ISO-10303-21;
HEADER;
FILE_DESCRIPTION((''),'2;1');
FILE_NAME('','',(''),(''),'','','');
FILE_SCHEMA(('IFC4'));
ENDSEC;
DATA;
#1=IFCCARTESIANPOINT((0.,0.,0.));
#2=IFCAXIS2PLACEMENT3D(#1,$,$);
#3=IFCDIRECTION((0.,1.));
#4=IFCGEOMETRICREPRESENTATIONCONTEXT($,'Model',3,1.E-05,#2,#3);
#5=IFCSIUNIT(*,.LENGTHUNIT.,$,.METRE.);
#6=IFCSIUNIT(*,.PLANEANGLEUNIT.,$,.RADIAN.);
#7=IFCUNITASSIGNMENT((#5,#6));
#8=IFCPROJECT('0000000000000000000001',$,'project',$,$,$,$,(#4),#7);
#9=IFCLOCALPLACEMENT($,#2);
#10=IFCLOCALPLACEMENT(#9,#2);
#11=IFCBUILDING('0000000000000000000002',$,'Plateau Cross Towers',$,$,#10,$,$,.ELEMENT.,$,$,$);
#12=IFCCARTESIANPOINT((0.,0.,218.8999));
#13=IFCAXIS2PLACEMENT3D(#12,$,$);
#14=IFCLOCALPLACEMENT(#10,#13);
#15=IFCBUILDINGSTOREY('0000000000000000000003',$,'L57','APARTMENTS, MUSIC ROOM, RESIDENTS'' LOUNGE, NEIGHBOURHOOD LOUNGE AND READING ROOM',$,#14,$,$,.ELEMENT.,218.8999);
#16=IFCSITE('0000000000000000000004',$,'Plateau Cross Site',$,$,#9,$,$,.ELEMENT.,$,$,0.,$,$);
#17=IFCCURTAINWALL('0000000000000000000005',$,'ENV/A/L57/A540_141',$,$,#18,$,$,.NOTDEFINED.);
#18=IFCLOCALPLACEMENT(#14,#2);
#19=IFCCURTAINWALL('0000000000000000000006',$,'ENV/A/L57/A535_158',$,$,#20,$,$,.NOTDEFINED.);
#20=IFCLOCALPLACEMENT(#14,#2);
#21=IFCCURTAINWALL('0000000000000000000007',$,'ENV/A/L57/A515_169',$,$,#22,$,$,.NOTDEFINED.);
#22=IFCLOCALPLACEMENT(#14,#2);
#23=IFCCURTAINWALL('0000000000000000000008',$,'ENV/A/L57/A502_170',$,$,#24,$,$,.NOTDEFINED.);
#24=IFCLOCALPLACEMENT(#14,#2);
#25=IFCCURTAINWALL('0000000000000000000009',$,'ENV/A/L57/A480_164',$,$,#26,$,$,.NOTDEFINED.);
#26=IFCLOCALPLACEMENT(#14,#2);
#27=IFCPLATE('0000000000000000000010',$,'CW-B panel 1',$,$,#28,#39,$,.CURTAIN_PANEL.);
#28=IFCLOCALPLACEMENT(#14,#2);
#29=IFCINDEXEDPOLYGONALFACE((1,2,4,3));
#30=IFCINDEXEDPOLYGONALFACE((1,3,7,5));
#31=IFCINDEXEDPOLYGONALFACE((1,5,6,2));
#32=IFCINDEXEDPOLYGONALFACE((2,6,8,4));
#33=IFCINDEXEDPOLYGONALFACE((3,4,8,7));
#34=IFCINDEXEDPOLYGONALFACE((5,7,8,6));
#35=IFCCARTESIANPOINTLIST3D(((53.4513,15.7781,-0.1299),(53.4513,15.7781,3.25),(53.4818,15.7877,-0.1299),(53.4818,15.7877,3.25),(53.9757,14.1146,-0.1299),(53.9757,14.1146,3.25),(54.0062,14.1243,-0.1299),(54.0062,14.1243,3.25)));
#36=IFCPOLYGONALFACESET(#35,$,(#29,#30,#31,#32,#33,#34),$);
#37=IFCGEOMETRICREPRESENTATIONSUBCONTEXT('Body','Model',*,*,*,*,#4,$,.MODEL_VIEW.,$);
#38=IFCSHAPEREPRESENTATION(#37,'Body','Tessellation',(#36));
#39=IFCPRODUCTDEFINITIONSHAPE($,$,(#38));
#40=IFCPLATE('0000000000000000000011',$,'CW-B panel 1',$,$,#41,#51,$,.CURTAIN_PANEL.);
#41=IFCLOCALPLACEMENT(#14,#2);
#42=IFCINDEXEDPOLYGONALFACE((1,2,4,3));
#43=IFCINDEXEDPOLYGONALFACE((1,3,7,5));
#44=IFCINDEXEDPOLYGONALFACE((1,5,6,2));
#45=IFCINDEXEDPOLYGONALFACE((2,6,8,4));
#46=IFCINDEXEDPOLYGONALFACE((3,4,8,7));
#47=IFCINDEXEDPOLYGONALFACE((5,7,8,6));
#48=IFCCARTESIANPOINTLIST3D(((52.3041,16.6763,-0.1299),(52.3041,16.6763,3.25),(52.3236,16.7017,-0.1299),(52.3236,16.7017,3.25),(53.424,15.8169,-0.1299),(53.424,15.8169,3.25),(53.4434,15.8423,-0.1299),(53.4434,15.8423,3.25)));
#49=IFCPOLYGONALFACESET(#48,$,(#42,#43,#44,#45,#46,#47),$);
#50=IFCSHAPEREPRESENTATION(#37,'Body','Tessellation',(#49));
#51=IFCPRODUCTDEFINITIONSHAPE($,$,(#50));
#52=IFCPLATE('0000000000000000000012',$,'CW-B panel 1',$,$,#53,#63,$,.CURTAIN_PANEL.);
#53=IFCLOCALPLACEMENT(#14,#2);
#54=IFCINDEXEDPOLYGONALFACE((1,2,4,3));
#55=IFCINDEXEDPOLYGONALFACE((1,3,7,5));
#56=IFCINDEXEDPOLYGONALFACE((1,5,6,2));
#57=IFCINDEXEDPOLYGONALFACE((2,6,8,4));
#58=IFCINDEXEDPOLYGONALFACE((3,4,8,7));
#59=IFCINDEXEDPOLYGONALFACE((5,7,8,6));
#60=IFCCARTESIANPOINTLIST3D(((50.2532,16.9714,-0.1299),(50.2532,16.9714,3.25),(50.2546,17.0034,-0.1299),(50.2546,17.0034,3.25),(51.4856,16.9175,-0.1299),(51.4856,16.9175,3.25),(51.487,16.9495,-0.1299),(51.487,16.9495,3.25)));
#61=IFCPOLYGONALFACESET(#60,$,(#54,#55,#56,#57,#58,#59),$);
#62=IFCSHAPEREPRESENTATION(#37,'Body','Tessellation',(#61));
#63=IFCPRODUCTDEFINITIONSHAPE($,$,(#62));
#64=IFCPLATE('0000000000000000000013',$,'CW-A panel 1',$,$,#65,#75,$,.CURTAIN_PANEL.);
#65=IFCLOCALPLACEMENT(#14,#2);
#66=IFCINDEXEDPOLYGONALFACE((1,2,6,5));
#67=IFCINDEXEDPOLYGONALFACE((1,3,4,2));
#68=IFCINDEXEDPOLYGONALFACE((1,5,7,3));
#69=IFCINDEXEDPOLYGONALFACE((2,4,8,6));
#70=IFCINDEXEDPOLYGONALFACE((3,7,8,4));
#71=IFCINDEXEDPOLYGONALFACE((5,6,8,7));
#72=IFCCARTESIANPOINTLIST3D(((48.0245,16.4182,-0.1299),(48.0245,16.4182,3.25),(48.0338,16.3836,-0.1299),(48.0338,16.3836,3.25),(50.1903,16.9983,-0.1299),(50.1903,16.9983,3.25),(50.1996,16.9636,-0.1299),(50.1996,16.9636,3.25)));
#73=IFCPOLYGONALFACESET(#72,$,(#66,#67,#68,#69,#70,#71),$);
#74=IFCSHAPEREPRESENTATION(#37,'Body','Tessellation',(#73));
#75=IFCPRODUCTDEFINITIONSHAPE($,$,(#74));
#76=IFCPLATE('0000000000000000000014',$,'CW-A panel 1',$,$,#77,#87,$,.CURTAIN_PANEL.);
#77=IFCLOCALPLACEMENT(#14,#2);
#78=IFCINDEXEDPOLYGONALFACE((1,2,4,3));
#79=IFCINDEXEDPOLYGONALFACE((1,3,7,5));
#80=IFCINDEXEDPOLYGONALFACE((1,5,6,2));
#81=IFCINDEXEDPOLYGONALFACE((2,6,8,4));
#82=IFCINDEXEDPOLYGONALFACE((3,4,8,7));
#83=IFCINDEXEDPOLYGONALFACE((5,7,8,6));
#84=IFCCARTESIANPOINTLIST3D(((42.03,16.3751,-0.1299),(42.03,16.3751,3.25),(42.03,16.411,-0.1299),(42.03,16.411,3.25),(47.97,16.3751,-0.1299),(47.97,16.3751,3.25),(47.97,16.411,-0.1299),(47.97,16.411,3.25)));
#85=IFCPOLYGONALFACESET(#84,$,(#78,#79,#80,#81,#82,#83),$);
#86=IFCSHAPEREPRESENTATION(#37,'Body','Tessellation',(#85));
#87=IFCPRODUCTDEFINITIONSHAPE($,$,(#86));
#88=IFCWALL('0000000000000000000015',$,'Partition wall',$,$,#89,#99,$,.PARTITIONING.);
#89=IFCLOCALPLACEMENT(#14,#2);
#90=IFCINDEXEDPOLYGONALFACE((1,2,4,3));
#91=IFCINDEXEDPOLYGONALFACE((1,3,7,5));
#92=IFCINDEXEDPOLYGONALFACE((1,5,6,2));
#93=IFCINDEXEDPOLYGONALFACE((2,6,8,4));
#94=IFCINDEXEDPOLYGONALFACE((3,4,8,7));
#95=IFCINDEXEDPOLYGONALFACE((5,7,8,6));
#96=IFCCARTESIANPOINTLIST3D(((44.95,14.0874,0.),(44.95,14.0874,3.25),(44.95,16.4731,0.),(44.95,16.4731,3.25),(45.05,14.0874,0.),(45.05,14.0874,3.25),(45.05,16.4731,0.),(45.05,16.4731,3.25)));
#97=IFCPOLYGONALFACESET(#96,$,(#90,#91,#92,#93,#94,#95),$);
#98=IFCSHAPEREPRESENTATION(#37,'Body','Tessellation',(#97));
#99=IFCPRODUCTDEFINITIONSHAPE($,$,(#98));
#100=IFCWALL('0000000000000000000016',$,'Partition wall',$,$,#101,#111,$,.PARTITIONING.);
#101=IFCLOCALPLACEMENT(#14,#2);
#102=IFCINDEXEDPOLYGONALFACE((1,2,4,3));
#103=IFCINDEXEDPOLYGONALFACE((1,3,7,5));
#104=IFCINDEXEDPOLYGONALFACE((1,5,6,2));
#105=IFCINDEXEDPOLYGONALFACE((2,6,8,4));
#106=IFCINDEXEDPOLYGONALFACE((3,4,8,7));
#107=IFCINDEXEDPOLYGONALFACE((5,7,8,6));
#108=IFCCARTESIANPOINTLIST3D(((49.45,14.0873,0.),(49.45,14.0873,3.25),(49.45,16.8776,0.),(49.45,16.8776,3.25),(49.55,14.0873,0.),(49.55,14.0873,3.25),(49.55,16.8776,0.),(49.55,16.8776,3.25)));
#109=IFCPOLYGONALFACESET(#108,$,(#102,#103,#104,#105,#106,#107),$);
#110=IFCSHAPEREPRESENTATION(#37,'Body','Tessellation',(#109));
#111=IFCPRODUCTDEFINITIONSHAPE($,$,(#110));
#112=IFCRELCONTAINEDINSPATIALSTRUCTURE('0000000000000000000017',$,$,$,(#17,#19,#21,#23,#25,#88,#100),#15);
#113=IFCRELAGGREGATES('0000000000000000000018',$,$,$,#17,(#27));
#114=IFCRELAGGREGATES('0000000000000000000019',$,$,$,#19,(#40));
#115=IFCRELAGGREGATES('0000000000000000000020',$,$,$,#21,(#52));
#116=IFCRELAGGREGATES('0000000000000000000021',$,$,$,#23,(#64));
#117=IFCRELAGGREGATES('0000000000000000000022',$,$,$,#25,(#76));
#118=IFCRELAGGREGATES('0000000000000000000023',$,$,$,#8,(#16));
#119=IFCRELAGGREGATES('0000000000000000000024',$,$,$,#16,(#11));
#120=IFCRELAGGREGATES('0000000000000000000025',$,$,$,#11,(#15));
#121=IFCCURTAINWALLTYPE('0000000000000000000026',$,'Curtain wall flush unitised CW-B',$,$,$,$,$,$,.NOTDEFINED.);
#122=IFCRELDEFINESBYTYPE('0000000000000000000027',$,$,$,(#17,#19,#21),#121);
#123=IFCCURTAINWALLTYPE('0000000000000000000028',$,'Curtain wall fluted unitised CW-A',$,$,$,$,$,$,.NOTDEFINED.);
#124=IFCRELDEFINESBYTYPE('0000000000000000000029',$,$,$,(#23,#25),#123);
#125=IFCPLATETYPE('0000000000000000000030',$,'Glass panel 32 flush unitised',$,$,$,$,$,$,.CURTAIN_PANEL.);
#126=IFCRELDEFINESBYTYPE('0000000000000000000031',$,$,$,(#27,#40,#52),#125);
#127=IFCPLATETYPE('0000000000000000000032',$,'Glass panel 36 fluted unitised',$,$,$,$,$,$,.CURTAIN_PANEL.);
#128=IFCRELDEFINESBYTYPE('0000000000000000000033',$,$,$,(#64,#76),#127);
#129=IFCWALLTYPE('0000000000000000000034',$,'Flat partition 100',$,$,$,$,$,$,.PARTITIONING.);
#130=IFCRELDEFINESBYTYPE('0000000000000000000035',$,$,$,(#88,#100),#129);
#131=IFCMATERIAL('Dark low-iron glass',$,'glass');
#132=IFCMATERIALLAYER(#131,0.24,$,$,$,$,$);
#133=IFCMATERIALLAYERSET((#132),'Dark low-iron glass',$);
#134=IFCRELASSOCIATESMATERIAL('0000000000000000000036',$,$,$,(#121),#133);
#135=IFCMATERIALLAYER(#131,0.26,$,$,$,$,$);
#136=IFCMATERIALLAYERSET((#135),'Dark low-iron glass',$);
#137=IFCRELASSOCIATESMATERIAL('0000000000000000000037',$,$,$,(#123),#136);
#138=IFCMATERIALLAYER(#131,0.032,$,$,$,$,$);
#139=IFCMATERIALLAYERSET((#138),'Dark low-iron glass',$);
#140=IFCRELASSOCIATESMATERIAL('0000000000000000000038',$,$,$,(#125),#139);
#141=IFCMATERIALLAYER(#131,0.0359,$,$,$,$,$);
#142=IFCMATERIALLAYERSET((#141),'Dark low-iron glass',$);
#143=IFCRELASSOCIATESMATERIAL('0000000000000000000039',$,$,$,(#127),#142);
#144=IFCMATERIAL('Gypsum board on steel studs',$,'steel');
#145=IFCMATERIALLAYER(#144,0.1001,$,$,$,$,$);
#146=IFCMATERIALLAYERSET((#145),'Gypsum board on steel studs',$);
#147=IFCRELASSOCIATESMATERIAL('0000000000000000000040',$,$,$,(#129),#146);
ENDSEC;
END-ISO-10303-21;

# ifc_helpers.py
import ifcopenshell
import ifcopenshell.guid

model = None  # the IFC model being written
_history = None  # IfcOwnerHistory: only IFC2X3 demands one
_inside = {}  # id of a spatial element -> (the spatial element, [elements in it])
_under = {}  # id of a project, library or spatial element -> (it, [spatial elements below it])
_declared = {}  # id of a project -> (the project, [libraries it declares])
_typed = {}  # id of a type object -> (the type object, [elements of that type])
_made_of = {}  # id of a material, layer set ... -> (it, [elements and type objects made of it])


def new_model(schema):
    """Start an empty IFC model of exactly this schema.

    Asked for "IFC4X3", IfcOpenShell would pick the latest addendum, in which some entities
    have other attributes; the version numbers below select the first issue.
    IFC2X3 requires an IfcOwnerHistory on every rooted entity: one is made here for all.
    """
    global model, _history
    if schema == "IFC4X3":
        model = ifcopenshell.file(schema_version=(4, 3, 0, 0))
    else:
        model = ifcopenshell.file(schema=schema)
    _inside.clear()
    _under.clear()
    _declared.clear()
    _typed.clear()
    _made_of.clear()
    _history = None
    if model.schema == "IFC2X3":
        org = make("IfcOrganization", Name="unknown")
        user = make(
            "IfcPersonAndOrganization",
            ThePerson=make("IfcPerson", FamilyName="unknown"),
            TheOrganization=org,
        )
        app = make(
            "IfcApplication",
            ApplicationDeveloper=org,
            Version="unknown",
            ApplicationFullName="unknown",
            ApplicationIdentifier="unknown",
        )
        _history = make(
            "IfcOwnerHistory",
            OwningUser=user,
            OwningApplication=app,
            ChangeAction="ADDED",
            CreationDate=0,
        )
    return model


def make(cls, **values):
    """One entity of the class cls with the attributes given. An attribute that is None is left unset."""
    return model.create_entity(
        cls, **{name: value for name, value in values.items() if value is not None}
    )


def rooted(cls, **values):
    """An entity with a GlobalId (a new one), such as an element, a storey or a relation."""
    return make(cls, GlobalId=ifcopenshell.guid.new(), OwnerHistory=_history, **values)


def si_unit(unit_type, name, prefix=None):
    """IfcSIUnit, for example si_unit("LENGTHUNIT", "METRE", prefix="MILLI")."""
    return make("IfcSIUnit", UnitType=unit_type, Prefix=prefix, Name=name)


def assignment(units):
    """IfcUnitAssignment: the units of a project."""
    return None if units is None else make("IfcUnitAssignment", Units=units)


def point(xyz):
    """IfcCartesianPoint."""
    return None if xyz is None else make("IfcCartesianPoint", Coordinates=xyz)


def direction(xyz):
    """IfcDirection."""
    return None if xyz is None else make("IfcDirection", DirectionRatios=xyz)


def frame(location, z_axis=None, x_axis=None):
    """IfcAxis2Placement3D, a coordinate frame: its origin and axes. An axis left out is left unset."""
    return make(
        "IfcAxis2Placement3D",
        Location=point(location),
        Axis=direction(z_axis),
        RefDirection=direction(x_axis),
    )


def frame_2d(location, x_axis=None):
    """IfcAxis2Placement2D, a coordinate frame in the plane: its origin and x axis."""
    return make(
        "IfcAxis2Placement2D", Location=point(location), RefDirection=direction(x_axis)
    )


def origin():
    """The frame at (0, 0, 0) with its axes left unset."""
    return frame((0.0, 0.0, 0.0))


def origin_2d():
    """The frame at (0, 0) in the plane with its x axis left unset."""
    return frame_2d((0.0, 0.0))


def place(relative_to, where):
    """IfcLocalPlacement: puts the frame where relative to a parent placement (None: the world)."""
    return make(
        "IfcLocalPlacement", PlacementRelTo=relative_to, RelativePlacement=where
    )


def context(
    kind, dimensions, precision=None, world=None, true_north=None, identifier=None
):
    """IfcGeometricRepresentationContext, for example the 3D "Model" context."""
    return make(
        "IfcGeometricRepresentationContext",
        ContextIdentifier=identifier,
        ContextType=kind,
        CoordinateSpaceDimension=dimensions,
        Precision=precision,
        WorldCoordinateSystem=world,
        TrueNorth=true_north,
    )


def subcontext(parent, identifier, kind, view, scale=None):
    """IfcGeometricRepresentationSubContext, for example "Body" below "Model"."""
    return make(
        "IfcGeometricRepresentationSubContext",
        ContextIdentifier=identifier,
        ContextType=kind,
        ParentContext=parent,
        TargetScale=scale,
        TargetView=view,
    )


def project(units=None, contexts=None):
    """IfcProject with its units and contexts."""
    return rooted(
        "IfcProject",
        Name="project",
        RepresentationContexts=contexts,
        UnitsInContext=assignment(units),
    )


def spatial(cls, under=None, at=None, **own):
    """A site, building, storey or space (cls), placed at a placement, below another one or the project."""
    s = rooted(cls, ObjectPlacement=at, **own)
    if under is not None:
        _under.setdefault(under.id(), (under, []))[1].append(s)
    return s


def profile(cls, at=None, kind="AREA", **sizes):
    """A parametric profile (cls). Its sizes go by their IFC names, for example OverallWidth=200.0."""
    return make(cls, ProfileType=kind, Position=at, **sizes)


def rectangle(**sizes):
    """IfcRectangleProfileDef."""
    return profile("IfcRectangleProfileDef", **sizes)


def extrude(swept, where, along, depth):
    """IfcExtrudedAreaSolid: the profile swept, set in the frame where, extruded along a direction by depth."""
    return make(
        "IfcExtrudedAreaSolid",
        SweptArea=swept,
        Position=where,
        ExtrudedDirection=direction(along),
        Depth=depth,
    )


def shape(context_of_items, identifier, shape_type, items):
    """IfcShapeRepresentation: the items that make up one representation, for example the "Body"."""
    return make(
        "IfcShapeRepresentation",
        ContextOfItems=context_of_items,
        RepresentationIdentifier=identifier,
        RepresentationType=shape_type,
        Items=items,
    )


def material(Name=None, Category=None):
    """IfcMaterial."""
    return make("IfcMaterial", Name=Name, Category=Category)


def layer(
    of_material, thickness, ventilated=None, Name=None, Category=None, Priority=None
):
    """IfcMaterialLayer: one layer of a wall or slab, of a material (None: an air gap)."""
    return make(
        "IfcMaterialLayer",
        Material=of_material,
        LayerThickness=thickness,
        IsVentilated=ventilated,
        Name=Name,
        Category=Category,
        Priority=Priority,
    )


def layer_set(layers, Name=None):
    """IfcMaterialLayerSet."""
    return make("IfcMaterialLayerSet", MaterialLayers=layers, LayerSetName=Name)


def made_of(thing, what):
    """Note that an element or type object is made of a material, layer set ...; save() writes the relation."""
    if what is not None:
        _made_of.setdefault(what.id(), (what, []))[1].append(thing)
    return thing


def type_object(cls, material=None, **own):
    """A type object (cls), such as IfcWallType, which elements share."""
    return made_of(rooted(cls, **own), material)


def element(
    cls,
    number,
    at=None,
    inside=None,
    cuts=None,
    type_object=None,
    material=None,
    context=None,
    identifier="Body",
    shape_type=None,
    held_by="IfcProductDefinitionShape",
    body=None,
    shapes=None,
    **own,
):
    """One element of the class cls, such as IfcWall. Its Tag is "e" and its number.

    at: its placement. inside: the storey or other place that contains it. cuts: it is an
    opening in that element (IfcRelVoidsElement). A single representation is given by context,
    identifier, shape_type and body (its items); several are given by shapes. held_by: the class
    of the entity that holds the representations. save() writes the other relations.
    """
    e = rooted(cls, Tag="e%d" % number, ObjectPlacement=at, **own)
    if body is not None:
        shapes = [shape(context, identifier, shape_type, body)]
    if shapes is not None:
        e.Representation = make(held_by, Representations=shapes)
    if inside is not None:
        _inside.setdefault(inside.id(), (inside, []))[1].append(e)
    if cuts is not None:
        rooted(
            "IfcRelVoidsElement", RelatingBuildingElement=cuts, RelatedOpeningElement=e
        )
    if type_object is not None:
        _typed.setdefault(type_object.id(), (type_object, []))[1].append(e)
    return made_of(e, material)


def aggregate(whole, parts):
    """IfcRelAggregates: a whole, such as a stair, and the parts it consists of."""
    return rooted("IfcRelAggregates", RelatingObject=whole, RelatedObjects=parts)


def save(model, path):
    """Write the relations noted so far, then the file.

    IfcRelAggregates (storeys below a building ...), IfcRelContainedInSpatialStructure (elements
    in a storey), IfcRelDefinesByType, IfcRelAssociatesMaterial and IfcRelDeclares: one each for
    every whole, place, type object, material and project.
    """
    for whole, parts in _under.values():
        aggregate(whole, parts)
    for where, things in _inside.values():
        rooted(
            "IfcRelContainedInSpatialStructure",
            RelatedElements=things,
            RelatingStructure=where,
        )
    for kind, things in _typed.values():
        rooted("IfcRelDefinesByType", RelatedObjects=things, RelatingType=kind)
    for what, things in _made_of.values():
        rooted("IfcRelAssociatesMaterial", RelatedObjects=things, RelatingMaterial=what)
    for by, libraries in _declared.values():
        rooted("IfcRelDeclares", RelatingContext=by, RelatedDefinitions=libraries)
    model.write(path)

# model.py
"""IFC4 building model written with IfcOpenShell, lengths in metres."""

from ifc_helpers import new_model, si_unit, direction, frame, frame_2d, origin, origin_2d, place, context, subcontext, project, spatial, rectangle, extrude, material, layer, layer_set, type_object, element, aggregate, save


model = new_model("IFC4")

# Units and contexts
model_context = context("Model", 3, precision=1e-05, world=origin(), true_north=direction((0.0, 1.0)))
body_context = subcontext(model_context, "Body", "Model", "MODEL_VIEW")
ifc_project = project(units=[si_unit("LENGTHUNIT", "METRE"), si_unit("PLANEANGLEUNIT", "RADIAN")], contexts=[model_context])

# Site, building, storey
site_placement = place(None, origin())
site = spatial("IfcSite", under=ifc_project, at=site_placement, Name="Plateau Cross Site", CompositionType="ELEMENT", RefElevation=0.0)
building_placement = place(site_placement, origin())
building = spatial("IfcBuilding", under=site, at=building_placement, Name="Plateau Cross Towers", CompositionType="ELEMENT")
storey_placement = place(building_placement, frame((0.0, 0.0, 218.8999)))
storey = spatial("IfcBuildingStorey", under=building, at=storey_placement, Name="L57", Description="APARTMENTS, MUSIC ROOM, RESIDENTS' LOUNGE, NEIGHBOURHOOD LOUNGE AND READING ROOM", CompositionType="ELEMENT", Elevation=218.8999)

# Curtain wall
ifc_material_1 = material(Name="Dark low-iron glass", Category="glass")
ifc_layer_1 = layer(ifc_material_1, 0.24)
ifc_layer_set_1 = layer_set([ifc_layer_1], Name="Dark low-iron glass")
curtain_wall_type_1 = type_object("IfcCurtainWallType", Name="Curtain wall flush unitised CW-B", PredefinedType="NOTDEFINED", material=ifc_layer_set_1)
curtain_wall_1_placement = place(storey_placement, origin())
curtain_wall_1 = element("IfcCurtainWall", 1, at=curtain_wall_1_placement, inside=storey, type_object=curtain_wall_type_1, Name="ENV/A/L57/A540_141", PredefinedType="NOTDEFINED")

# Curtain wall
curtain_wall_2_placement = place(storey_placement, origin())
curtain_wall_2 = element("IfcCurtainWall", 2, at=curtain_wall_2_placement, inside=storey, type_object=curtain_wall_type_1, Name="ENV/A/L57/A535_158", PredefinedType="NOTDEFINED")

# Curtain walls
curtain_wall_3_placement = place(storey_placement, origin())
curtain_wall_3 = element("IfcCurtainWall", 3, at=curtain_wall_3_placement, inside=storey, type_object=curtain_wall_type_1, Name="ENV/A/L57/A515_169", PredefinedType="NOTDEFINED")
ifc_layer_2 = layer(ifc_material_1, 0.26)
ifc_layer_set_2 = layer_set([ifc_layer_2], Name="Dark low-iron glass")
curtain_wall_type_2 = type_object("IfcCurtainWallType", Name="Curtain wall fluted unitised CW-A", PredefinedType="NOTDEFINED", material=ifc_layer_set_2)
curtain_wall_4_placement = place(storey_placement, origin())
curtain_wall_4 = element("IfcCurtainWall", 4, at=curtain_wall_4_placement, inside=storey, type_object=curtain_wall_type_2, Name="ENV/A/L57/A502_170", PredefinedType="NOTDEFINED")
curtain_wall_5_placement = place(storey_placement, origin())
curtain_wall_5 = element("IfcCurtainWall", 5, at=curtain_wall_5_placement, inside=storey, type_object=curtain_wall_type_2, Name="ENV/A/L57/A480_164", PredefinedType="NOTDEFINED")

# Plates
ifc_layer_3 = layer(ifc_material_1, 0.032)
ifc_layer_set_3 = layer_set([ifc_layer_3], Name="Dark low-iron glass")
plate_type_1 = type_object("IfcPlateType", Name="Glass panel 32 flush unitised", PredefinedType="CURTAIN_PANEL", material=ifc_layer_set_3)
plate_1_placement = place(storey_placement, frame((53.7288, 14.9512, -0.1299), z_axis=(0.0, 0.0, 1.0), x_axis=(-0.300686, 0.953723, 0.0)))
plate_1 = element("IfcPlate", 6, at=plate_1_placement, type_object=plate_type_1, Name="CW-B panel 1", PredefinedType="CURTAIN_PANEL", context=body_context, shape_type="SweptSolid", body=[
    extrude(rectangle(XDim=1.7441, YDim=0.032, at=origin_2d()), origin(), (0.0, 0.0, 1.0), 3.3799),
])
aggregate(curtain_wall_1, [plate_1])
plate_2_placement = place(storey_placement, frame((52.8738, 16.2593, -0.1299), z_axis=(0.0, 0.0, 1.0), x_axis=(-0.793316, 0.608811, 0.0)))
plate_2 = element("IfcPlate", 7, at=plate_2_placement, type_object=plate_type_1, Name="CW-B panel 1", PredefinedType="CURTAIN_PANEL", context=body_context, shape_type="SweptSolid", body=[
    extrude(rectangle(XDim=1.4116, YDim=0.032, at=origin_2d()), origin(), (0.0, 0.0, 1.0), 3.3799),
])
aggregate(curtain_wall_2, [plate_2])
plate_3_placement = place(storey_placement, frame((50.8701, 16.9604, -0.1299), z_axis=(0.0, 0.0, 1.0), x_axis=(-0.999044, 0.043723, 0.0)))
plate_3 = element("IfcPlate", 8, at=plate_3_placement, type_object=plate_type_1, Name="CW-B panel 1", PredefinedType="CURTAIN_PANEL", context=body_context, shape_type="SweptSolid", body=[
    extrude(rectangle(XDim=1.2336, YDim=0.032, at=origin_2d()), origin(), (0.0, 0.0, 1.0), 3.3799),
])
aggregate(curtain_wall_3, [plate_3])
ifc_layer_4 = layer(ifc_material_1, 0.0359)
ifc_layer_set_4 = layer_set([ifc_layer_4], Name="Dark low-iron glass")
plate_type_2 = type_object("IfcPlateType", Name="Glass panel 36 fluted unitised", PredefinedType="CURTAIN_PANEL", material=ifc_layer_set_4)
plate_4_placement = place(storey_placement, frame((49.1121, 16.6909, -0.1299), z_axis=(0.0, 0.0, 1.0), x_axis=(-0.965958, -0.258699, 0.0)))
plate_4 = element("IfcPlate", 9, at=plate_4_placement, type_object=plate_type_2, Name="CW-A panel 1", PredefinedType="CURTAIN_PANEL", context=body_context, shape_type="SweptSolid", body=[
    extrude(rectangle(XDim=2.2422, YDim=0.0359, at=origin_2d()), origin(), (0.0, 0.0, 1.0), 3.3799),
])
aggregate(curtain_wall_4, [plate_4])
plate_5_placement = place(storey_placement, frame((45.0, 16.3931, -0.1299), z_axis=(0.0, 0.0, 1.0), x_axis=(-1.0, 0.0, 0.0)))
plate_5 = element("IfcPlate", 10, at=plate_5_placement, type_object=plate_type_2, Name="CW-A panel 1", PredefinedType="CURTAIN_PANEL", context=body_context, shape_type="SweptSolid", body=[
    extrude(rectangle(XDim=5.9399, YDim=0.0359, at=origin_2d()), origin(), (0.0, 0.0, 1.0), 3.3799),
])
aggregate(curtain_wall_5, [plate_5])

# Walls
ifc_material_2 = material(Name="Gypsum board on steel studs", Category="steel")
ifc_layer_5 = layer(ifc_material_2, 0.1001)
ifc_layer_set_5 = layer_set([ifc_layer_5], Name="Gypsum board on steel studs")
wall_type = type_object("IfcWallType", Name="Flat partition 100", PredefinedType="PARTITIONING", material=ifc_layer_set_5)
wall_1_placement = place(storey_placement, frame((45.0, 14.0874, 0.0), z_axis=(0.0, 0.0, 1.0), x_axis=(0.0, 1.0, 0.0)))
element("IfcWall", 11, at=wall_1_placement, inside=storey, type_object=wall_type, Name="Partition wall", PredefinedType="PARTITIONING", context=body_context, shape_type="SweptSolid", body=[
    extrude(rectangle(XDim=2.3857, YDim=0.1001, at=frame_2d((1.1929, 0.0))), origin(), (0.0, 0.0, 1.0), 3.25),
])
wall_2_placement = place(storey_placement, frame((49.5, 14.0874, 0.0), z_axis=(0.0, 0.0, 1.0), x_axis=(0.0, 1.0, 0.0)))
element("IfcWall", 12, at=wall_2_placement, inside=storey, type_object=wall_type, Name="Partition wall", PredefinedType="PARTITIONING", context=body_context, shape_type="SweptSolid", body=[
    extrude(rectangle(XDim=2.7903, YDim=0.1001, at=frame_2d((1.395, 0.0))), origin(), (0.0, 0.0, 1.0), 3.25),
])

save(model, "model.ifc")
